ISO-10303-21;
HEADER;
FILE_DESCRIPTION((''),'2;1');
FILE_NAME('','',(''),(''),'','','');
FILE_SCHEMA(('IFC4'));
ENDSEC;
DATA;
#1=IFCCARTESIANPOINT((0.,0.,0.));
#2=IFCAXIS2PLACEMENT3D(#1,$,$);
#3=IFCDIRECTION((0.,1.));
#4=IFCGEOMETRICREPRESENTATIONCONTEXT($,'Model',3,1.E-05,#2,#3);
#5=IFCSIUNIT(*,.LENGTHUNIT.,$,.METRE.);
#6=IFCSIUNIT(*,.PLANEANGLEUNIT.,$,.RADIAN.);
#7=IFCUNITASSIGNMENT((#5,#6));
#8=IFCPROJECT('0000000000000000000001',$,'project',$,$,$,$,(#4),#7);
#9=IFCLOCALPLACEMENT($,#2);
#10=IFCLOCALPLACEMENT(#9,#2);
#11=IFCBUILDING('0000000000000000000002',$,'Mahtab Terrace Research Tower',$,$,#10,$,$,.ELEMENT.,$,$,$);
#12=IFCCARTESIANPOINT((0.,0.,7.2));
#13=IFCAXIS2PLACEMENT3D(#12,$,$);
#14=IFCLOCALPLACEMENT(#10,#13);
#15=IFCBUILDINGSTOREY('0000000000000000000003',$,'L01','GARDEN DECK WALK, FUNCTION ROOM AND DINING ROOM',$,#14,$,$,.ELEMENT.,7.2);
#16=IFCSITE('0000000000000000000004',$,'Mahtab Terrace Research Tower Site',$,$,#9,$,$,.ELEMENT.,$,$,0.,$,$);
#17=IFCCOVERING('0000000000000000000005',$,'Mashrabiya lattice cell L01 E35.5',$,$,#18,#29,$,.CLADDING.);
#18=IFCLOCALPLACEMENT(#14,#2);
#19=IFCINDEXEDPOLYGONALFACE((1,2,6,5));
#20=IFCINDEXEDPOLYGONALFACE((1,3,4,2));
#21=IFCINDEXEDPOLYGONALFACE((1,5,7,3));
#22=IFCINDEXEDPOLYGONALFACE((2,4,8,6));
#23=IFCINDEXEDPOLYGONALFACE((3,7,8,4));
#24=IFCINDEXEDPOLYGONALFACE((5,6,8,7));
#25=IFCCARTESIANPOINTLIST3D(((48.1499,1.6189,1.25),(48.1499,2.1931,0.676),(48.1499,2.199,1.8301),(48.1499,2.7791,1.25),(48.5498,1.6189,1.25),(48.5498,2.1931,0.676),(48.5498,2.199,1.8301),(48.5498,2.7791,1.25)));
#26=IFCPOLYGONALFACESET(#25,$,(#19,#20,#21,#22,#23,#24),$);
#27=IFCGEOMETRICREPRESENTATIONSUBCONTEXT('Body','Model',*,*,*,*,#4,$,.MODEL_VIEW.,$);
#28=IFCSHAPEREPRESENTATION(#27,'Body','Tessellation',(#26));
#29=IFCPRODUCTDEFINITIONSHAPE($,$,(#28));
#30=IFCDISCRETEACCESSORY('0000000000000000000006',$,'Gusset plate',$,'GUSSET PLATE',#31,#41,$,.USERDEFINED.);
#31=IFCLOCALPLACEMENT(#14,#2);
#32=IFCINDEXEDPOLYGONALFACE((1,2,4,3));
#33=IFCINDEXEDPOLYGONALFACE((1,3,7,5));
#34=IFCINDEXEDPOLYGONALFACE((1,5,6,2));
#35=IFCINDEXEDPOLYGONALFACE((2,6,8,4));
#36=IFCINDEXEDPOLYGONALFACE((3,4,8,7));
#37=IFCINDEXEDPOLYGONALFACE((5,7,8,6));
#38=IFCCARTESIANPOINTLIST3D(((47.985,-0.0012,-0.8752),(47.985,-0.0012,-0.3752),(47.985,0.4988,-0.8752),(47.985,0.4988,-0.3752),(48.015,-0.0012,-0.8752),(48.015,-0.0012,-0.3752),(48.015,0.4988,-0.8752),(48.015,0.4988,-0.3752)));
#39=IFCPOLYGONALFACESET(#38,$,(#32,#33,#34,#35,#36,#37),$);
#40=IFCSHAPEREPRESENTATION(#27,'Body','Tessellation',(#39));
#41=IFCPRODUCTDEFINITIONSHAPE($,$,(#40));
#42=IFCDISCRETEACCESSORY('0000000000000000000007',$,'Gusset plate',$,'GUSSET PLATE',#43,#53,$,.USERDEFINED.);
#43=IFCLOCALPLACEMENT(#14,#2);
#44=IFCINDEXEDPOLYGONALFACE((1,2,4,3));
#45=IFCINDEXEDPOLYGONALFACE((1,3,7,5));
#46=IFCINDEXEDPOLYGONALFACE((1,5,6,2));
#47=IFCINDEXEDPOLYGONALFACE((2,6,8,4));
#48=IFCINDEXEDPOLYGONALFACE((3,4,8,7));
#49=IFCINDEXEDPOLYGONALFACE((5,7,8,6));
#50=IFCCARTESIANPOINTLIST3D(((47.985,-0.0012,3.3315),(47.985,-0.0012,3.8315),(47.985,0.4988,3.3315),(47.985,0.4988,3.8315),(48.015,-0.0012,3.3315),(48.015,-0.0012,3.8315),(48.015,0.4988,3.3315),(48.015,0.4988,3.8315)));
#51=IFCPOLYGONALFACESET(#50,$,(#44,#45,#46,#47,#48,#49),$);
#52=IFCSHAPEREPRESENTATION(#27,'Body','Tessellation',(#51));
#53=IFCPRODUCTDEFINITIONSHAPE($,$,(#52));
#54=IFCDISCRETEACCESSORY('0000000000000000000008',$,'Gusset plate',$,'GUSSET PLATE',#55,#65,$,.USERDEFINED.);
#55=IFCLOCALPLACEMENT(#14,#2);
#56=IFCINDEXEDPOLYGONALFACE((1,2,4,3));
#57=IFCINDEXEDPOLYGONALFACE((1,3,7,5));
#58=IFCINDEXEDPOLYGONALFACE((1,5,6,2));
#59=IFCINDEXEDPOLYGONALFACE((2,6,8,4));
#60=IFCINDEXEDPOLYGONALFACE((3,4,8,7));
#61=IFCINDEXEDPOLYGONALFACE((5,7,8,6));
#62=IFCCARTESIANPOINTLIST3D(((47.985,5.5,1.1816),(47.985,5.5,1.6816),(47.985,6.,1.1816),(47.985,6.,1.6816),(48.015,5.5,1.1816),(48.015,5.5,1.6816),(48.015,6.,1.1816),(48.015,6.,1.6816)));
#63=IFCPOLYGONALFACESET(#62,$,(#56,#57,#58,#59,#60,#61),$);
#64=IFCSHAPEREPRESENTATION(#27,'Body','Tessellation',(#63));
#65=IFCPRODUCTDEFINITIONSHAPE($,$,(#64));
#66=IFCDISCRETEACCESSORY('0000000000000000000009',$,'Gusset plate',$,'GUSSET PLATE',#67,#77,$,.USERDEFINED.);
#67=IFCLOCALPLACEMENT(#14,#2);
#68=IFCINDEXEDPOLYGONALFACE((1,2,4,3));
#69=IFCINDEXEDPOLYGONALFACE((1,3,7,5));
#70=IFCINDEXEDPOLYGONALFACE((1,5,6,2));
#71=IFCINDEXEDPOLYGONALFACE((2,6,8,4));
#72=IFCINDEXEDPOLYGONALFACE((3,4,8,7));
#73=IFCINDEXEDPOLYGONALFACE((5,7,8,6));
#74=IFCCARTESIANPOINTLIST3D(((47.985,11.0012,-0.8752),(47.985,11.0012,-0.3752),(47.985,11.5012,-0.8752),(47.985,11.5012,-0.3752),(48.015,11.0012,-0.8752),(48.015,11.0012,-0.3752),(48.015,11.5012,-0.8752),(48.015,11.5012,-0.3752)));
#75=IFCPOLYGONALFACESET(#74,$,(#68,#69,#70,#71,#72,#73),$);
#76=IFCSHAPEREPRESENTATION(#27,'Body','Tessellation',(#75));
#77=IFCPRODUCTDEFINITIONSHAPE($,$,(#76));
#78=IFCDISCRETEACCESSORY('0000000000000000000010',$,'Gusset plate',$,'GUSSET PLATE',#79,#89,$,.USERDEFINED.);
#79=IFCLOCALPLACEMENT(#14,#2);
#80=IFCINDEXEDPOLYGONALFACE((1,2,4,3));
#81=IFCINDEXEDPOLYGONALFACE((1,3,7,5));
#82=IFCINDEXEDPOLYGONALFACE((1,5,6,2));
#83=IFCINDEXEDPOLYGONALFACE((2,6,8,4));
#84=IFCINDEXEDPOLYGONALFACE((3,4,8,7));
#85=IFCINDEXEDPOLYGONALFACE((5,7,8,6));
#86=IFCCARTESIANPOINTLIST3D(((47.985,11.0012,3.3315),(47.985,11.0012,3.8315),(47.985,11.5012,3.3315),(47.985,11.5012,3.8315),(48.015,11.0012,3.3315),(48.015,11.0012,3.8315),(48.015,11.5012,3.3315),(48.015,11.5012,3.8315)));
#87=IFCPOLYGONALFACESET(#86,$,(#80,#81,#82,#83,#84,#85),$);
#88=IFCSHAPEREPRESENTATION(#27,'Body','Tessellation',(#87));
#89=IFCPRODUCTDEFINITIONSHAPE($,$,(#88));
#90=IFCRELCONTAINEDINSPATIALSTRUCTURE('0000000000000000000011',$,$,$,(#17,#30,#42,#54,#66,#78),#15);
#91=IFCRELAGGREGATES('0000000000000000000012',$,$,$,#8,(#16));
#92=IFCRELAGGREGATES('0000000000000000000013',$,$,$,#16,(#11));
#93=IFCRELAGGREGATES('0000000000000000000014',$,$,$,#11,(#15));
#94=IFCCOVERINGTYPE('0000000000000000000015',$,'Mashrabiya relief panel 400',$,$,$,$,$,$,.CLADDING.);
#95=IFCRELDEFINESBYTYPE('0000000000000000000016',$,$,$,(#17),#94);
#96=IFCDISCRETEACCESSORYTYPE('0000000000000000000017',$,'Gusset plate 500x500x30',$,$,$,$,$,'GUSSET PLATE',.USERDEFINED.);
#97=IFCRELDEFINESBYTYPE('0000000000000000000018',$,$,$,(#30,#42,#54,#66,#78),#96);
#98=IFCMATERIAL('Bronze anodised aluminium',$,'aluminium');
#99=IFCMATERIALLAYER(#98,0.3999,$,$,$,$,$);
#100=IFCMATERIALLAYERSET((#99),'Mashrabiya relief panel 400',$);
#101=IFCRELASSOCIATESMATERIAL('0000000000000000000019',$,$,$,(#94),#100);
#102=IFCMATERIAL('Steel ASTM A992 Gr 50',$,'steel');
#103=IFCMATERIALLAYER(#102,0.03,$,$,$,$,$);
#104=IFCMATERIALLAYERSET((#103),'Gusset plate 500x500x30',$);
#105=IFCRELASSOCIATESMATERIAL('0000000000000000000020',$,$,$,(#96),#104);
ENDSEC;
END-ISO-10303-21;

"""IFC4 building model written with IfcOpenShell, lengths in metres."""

from ifc_helpers import new_model, si_unit, direction, frame, origin, origin_2d, place, context, subcontext, project, spatial, polyline, rectangle, outline, extrude, material, layer, layer_set, type_object, element, save


model = new_model("IFC4")

# Units and contexts
model_context = context("Model", 3, precision=1e-05, world=origin(), true_north=direction((0.0, 1.0)))
body_context = subcontext(model_context, "Body", "Model", "MODEL_VIEW")
ifc_project = project(units=[si_unit("LENGTHUNIT", "METRE"), si_unit("PLANEANGLEUNIT", "RADIAN")], contexts=[model_context])

# Site, building, storey
site_placement = place(None, origin())
site = spatial("IfcSite", under=ifc_project, at=site_placement, Name="Mahtab Terrace Research Tower Site", CompositionType="ELEMENT", RefElevation=0.0)
building_placement = place(site_placement, origin())
building = spatial("IfcBuilding", under=site, at=building_placement, Name="Mahtab Terrace Research Tower", CompositionType="ELEMENT")
storey_placement = place(building_placement, frame((0.0, 0.0, 7.2)))
storey = spatial("IfcBuildingStorey", under=building, at=storey_placement, Name="L01", Description="GARDEN DECK WALK, FUNCTION ROOM AND DINING ROOM", CompositionType="ELEMENT", Elevation=7.2)

# Shared definitions
ifc_material_1 = material(Name="Steel ASTM A992 Gr 50", Category="steel")

# Covering
ifc_material_2 = material(Name="Bronze anodised aluminium", Category="aluminium")
ifc_layer_1 = layer(ifc_material_2, 0.3999)
ifc_layer_set_1 = layer_set([ifc_layer_1], Name="Mashrabiya relief panel 400")
covering_type = type_object("IfcCoveringType", Name="Mashrabiya relief panel 400", PredefinedType="CLADDING", material=ifc_layer_set_1)
covering_1_placement = place(storey_placement, frame((48.1499, 1.6189, 1.25), z_axis=(-1.0, 0.0, 0.0), x_axis=(0.0, 0.707107, 0.707107)))
element("IfcCovering", 1, at=covering_1_placement, inside=storey, type_object=covering_type, Name="Mashrabiya lattice cell L01 E35.5", PredefinedType="CLADDING", context=body_context, shape_type="SweptSolid", body=[
    extrude(outline(polyline([(0.0, 0.0), (0.8204, 0.0), (0.8204, 0.8204), (0.0002, 0.8119), (0.0, 0.0)])), origin(), (0.0, 0.0, -1.0), 0.3999),
])

# Discrete accessories
ifc_layer_2 = layer(ifc_material_1, 0.03)
ifc_layer_set_2 = layer_set([ifc_layer_2], Name="Gusset plate 500x500x30")
discrete_accessory_type = type_object("IfcDiscreteAccessoryType", Name="Gusset plate 500x500x30", ElementType="GUSSET PLATE", PredefinedType="USERDEFINED", material=ifc_layer_set_2)
for number, where, z_axis, x_axis, name in (
    (2, (48.0, 0.2488, -0.8752), (0.0, 0.0, 1.0), (0.0, 1.0, 0.0), "Gusset plate"),
    (3, (48.0, 0.2488, 3.3315), (0.0, 0.0, 1.0), (0.0, 1.0, 0.0), "Gusset plate"),
    (4, (48.0, 5.75, 1.1816), (0.0, 0.0, 1.0), (0.0, 1.0, 0.0), "Gusset plate"),
    (5, (48.0, 11.2512, -0.8752), (0.0, 0.0, 1.0), (0.0, 1.0, 0.0), "Gusset plate"),
    (6, (48.0, 11.2512, 3.3315), (0.0, 0.0, 1.0), (0.0, 1.0, 0.0), "Gusset plate"),
):
    element("IfcDiscreteAccessory", number, at=place(storey_placement, frame(where, z_axis=z_axis, x_axis=x_axis)), inside=storey, type_object=discrete_accessory_type, Name=name, ObjectType="GUSSET PLATE", PredefinedType="USERDEFINED", context=body_context, shape_type="SweptSolid", body=[
        extrude(rectangle(XDim=0.5, YDim=0.03, at=origin_2d()), origin(), (0.0, 0.0, 1.0), 0.5),
    ])

save(model, "model.ifc")
